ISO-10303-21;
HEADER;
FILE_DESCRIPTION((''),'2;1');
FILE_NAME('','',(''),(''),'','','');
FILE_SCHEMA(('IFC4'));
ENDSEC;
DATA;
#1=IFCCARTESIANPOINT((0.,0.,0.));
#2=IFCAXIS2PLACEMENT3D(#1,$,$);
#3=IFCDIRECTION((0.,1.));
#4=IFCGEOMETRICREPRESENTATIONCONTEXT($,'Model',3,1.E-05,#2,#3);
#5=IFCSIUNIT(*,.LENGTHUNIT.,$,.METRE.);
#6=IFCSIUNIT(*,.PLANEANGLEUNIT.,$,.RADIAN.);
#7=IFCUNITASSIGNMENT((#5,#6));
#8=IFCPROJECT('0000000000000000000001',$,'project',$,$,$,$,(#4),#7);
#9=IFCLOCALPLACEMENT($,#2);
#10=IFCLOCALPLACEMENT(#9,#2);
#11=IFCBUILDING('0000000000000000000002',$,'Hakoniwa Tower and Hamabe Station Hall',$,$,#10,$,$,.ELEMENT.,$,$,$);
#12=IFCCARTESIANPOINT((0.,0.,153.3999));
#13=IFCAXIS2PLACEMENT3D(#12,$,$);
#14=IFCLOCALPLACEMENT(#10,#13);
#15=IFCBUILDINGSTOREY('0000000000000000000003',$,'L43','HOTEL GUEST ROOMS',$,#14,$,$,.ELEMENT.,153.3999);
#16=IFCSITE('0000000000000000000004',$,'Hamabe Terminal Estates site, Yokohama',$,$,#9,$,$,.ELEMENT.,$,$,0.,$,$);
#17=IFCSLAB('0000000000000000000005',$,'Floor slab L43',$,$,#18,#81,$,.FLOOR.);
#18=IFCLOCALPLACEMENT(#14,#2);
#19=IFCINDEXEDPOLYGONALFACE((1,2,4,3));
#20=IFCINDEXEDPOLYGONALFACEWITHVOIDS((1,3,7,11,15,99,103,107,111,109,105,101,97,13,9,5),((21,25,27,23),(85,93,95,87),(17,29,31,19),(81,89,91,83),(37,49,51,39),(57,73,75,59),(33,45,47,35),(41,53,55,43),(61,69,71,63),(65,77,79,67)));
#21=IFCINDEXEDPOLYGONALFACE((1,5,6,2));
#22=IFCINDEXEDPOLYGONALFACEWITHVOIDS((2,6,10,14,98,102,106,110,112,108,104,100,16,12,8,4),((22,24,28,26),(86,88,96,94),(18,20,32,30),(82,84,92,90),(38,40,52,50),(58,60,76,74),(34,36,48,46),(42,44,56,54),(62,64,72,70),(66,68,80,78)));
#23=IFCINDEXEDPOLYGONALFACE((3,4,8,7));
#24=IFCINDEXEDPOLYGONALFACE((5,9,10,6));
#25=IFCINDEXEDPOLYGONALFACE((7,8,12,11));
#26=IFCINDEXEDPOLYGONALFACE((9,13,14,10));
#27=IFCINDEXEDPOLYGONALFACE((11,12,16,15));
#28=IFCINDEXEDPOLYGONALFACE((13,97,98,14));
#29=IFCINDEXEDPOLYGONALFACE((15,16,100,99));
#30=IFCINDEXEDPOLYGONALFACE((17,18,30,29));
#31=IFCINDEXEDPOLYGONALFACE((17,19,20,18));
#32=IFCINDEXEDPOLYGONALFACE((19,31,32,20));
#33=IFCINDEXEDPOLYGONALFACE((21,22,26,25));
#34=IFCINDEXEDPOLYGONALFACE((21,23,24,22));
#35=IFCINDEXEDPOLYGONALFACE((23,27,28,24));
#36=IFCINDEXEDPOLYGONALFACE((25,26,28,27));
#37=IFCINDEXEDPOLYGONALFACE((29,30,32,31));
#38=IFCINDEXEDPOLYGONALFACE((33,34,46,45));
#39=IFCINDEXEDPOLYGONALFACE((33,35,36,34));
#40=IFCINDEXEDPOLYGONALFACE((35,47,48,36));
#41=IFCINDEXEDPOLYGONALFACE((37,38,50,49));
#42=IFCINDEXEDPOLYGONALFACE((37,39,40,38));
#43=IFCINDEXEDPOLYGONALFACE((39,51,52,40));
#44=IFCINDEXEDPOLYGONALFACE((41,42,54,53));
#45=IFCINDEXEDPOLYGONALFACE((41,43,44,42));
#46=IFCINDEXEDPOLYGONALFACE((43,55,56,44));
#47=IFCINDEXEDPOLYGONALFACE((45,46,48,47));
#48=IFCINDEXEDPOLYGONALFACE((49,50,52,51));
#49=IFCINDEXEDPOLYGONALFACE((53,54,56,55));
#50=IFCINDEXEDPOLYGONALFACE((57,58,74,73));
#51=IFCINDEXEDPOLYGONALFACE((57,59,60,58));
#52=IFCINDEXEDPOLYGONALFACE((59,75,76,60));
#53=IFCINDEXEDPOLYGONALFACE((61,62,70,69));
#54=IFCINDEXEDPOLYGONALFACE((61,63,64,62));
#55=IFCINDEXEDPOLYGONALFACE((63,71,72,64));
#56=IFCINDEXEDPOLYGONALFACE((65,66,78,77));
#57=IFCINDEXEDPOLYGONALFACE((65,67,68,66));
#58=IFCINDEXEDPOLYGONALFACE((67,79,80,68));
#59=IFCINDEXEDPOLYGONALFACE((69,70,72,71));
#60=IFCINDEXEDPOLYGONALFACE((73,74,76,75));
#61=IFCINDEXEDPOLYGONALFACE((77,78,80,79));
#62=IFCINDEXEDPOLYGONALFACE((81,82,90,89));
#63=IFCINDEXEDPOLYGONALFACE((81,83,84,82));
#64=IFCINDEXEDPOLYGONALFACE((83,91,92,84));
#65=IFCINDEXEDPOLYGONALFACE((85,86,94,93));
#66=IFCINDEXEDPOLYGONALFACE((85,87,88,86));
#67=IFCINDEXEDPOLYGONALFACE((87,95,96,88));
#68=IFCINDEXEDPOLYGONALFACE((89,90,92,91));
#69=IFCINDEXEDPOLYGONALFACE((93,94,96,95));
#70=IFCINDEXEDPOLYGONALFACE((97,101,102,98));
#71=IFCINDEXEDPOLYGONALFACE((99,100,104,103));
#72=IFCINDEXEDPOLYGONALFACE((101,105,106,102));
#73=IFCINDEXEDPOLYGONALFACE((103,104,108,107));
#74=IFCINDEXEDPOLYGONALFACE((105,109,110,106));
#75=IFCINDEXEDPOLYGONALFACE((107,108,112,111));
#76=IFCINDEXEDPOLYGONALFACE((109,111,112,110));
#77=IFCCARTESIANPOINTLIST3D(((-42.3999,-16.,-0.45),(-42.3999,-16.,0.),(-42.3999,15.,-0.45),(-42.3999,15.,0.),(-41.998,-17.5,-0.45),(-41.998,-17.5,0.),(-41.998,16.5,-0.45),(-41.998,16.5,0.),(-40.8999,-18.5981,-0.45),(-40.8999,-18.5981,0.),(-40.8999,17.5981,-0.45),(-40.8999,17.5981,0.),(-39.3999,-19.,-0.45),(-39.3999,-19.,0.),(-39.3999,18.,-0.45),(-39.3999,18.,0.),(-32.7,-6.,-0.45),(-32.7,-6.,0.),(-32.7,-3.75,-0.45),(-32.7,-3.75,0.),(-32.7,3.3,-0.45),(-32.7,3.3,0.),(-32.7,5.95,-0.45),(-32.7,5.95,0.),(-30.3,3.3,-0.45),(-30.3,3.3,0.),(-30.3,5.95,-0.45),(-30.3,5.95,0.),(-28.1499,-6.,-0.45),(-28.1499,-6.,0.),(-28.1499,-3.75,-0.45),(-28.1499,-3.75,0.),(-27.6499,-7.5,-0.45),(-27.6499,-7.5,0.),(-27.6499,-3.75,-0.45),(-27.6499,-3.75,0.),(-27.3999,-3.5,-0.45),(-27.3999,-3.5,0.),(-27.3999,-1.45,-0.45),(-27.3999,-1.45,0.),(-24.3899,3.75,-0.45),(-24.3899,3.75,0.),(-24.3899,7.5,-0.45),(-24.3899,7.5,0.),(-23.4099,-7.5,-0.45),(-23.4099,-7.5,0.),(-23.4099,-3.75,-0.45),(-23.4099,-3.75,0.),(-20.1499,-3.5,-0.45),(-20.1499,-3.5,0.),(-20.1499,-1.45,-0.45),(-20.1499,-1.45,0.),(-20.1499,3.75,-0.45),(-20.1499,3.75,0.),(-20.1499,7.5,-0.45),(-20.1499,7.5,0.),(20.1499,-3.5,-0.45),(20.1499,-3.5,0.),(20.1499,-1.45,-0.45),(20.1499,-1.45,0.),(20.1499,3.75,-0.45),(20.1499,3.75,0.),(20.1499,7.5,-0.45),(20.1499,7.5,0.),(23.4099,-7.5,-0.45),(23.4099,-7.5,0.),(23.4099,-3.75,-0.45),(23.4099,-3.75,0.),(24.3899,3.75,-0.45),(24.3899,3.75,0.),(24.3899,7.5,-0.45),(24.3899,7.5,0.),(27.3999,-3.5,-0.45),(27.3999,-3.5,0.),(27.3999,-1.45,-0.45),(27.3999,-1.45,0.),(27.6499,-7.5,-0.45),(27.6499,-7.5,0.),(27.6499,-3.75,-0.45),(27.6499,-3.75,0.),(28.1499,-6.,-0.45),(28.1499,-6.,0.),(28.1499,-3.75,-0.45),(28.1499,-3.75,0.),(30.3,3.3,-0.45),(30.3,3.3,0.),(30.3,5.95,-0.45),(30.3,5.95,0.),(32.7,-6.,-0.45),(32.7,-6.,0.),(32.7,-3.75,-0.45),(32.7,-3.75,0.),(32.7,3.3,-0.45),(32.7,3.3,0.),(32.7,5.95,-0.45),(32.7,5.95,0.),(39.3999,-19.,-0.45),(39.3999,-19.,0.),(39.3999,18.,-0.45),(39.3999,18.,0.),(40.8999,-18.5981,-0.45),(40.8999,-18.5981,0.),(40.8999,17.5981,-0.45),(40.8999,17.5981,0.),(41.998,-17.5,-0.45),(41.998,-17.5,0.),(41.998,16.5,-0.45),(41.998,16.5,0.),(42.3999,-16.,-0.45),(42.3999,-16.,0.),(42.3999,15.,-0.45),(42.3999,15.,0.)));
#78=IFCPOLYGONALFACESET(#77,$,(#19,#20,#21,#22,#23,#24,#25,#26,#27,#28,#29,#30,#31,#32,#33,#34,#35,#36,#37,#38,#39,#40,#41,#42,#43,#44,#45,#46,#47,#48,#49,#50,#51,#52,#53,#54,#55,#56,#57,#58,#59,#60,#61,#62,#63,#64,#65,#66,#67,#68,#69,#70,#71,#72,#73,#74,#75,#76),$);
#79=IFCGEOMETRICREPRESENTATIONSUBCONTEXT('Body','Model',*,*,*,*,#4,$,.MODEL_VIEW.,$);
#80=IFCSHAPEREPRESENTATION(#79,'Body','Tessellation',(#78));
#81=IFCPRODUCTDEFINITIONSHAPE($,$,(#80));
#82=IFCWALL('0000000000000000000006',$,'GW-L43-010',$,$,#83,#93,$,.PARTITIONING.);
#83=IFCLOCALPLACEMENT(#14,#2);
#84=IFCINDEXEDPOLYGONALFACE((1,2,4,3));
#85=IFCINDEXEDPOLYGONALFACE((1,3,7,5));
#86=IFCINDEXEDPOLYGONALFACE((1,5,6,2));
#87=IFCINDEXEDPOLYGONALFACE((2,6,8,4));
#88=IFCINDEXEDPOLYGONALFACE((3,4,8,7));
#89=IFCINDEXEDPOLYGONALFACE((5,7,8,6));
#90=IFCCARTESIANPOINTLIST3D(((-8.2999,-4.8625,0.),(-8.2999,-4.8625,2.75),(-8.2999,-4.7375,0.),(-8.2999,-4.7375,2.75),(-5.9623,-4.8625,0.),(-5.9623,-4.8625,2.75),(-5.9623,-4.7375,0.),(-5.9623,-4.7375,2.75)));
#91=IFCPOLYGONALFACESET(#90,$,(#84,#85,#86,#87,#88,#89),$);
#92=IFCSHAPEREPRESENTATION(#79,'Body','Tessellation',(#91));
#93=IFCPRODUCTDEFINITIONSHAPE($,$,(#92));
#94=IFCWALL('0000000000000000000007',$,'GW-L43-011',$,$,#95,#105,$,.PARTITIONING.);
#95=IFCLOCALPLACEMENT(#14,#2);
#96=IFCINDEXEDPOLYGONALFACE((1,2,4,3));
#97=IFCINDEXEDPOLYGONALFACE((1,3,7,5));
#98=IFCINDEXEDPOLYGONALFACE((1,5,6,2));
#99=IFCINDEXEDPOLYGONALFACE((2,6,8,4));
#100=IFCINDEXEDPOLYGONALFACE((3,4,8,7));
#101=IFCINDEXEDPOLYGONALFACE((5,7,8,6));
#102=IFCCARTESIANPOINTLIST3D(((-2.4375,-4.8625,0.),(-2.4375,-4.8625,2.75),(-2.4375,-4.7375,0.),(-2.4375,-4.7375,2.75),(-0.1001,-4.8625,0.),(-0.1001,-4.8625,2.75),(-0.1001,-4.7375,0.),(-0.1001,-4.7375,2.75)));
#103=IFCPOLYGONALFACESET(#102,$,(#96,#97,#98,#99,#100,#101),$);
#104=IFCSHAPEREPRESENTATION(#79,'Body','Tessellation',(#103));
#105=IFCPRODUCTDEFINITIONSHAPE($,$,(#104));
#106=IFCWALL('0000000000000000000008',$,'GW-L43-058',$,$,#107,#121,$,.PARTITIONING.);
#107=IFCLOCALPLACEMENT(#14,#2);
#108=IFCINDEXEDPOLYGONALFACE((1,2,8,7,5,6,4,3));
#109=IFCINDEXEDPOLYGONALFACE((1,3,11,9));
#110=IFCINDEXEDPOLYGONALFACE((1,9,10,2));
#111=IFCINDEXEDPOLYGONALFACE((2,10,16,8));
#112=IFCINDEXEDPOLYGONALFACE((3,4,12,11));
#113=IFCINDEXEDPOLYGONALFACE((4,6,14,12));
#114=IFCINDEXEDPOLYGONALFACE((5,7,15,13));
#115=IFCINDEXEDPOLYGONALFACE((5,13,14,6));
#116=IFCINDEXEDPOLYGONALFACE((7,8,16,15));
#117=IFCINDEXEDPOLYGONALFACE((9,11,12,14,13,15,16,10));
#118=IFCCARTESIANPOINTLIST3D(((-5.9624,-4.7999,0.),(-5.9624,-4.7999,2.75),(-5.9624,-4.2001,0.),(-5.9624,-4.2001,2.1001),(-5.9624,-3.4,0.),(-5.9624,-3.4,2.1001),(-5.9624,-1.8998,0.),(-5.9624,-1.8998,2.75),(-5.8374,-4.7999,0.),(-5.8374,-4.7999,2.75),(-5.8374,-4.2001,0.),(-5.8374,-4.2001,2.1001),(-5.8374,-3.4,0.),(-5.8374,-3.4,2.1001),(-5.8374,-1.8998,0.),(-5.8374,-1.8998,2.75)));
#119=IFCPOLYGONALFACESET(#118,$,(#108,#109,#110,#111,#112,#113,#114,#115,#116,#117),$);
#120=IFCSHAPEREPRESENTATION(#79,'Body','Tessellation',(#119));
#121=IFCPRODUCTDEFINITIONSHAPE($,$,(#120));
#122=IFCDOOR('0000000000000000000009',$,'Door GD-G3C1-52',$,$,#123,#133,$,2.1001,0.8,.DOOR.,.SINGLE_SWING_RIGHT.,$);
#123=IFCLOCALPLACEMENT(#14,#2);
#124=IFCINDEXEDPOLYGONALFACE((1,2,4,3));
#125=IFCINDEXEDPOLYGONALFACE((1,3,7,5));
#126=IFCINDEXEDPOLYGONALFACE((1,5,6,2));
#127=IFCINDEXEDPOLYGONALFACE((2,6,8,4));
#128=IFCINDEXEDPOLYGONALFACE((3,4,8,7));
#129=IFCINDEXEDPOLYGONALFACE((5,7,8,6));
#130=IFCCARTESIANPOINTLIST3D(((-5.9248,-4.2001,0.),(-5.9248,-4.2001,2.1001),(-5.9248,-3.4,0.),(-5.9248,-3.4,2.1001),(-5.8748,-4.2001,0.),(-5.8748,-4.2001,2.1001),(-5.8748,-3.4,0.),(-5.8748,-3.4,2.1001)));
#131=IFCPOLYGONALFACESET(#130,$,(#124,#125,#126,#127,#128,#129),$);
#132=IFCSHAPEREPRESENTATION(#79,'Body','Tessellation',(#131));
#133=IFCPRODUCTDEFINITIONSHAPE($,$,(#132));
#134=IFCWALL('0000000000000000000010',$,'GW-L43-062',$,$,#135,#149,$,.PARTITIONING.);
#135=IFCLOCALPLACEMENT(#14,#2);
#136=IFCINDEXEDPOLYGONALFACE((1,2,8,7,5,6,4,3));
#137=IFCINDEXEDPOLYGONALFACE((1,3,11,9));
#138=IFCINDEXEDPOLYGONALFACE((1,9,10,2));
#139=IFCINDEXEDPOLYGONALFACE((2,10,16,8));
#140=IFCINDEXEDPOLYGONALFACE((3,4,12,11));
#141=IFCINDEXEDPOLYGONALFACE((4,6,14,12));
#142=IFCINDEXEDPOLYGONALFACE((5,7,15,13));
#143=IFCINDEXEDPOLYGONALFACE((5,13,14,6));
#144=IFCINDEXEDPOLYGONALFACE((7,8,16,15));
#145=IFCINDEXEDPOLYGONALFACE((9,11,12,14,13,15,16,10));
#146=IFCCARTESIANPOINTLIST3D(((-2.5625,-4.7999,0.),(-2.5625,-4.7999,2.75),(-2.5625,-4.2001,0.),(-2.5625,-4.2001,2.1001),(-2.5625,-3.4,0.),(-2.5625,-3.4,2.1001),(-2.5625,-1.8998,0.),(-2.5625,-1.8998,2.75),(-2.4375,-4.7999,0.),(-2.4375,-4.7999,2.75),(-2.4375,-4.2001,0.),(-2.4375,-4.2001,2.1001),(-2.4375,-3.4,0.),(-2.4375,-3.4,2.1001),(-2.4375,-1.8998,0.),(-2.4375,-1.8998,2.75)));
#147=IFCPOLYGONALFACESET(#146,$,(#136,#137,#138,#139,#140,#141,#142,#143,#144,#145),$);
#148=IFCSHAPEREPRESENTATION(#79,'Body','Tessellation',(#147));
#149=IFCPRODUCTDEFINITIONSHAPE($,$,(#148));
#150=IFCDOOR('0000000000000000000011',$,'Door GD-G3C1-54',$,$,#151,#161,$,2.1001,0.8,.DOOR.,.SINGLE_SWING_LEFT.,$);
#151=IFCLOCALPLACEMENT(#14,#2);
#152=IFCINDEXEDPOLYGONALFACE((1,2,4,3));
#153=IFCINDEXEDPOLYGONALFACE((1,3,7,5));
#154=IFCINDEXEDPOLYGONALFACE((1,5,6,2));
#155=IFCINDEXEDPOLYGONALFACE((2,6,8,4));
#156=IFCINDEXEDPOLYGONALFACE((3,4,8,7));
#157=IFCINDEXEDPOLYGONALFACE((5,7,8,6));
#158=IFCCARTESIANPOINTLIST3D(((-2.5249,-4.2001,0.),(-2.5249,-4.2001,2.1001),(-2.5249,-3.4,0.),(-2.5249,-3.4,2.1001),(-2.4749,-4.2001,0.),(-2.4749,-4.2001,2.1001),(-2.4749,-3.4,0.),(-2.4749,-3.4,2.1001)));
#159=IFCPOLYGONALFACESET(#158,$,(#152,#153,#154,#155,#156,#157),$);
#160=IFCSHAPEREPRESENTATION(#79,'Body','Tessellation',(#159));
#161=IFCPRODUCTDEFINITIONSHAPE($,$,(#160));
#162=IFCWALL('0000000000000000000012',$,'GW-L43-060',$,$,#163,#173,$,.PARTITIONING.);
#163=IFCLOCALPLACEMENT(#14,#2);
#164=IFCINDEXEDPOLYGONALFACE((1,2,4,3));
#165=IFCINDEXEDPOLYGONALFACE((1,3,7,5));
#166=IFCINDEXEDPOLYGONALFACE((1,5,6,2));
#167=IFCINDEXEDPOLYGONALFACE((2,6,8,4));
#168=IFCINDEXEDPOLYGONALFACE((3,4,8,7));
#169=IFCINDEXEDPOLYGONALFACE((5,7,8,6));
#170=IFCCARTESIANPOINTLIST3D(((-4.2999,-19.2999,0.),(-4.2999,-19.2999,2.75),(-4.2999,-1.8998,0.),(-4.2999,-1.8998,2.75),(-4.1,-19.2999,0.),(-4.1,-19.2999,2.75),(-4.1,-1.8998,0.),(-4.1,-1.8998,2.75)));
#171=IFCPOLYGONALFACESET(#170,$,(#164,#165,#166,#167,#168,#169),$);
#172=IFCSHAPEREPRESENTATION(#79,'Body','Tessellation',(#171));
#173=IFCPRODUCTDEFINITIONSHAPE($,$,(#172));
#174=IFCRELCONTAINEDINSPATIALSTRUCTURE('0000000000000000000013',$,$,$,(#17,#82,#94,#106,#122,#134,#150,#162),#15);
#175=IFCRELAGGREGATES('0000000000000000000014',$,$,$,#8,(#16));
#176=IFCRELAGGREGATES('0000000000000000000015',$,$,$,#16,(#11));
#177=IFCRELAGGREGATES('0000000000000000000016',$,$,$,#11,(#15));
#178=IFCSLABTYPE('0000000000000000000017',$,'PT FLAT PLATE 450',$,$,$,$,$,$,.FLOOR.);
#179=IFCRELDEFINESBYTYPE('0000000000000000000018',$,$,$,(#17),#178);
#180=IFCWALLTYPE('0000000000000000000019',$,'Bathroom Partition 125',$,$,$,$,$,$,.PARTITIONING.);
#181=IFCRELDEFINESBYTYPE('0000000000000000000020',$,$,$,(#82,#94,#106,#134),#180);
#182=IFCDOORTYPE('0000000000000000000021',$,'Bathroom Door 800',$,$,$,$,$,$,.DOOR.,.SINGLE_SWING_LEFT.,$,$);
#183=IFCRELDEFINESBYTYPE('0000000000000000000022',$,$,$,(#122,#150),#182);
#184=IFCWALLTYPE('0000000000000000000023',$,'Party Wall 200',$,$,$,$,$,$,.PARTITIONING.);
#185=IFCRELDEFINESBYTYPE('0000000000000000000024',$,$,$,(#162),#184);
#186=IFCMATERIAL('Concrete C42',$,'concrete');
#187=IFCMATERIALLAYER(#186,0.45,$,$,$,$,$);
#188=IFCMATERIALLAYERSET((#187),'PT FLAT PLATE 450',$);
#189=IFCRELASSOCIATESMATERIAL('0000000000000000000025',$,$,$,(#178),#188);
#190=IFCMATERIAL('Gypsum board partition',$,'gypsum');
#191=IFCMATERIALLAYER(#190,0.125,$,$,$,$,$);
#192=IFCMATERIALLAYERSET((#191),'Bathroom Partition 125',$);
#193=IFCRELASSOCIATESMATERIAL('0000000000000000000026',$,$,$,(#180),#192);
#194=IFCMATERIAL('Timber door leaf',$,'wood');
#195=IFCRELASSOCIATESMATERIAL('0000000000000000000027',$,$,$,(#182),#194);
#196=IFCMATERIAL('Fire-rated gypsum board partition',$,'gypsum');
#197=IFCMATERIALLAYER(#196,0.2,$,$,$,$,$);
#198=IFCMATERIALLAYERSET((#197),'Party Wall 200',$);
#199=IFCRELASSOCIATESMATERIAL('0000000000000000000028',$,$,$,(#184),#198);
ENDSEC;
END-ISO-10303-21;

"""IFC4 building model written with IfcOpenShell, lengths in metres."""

from ifc_helpers import new_model, si_unit, direction, frame, frame_2d, origin, place, context, subcontext, project, spatial, polyline, rectangle, outline, extrude, material, layer, layer_set, type_object, element, fill, save


model = new_model("IFC4")

# Units and contexts
model_context = context("Model", 3, precision=1e-05, world=origin(), true_north=direction((0.0, 1.0)))
body_context = subcontext(model_context, "Body", "Model", "MODEL_VIEW")
ifc_project = project(units=[si_unit("LENGTHUNIT", "METRE"), si_unit("PLANEANGLEUNIT", "RADIAN")], contexts=[model_context])

# Site, building, storey
site_placement = place(None, origin())
site = spatial("IfcSite", under=ifc_project, at=site_placement, Name="Hamabe Terminal Estates site, Yokohama", CompositionType="ELEMENT", RefElevation=0.0)
building_placement = place(site_placement, origin())
building = spatial("IfcBuilding", under=site, at=building_placement, Name="Hakoniwa Tower and Hamabe Station Hall", CompositionType="ELEMENT")
storey_placement = place(building_placement, frame((0.0, 0.0, 153.3999)))
storey = spatial("IfcBuildingStorey", under=building, at=storey_placement, Name="L43", Description="HOTEL GUEST ROOMS", CompositionType="ELEMENT", Elevation=153.3999)

# Slab
ifc_material_1 = material(Name="Concrete C42", Category="concrete")
ifc_layer_1 = layer(ifc_material_1, 0.45)
ifc_layer_set_1 = layer_set([ifc_layer_1], Name="PT FLAT PLATE 450")
slab_type = type_object("IfcSlabType", Name="PT FLAT PLATE 450", PredefinedType="FLOOR", material=ifc_layer_set_1)
slab_placement = place(storey_placement, frame((0.0, 0.0, -0.45)))
element("IfcSlab", 1, at=slab_placement, inside=storey, type_object=slab_type, Name="Floor slab L43", PredefinedType="FLOOR", context=body_context, shape_type="SweptSolid", body=[
    extrude(outline(polyline([(42.3999, -16.0), (42.3999, 15.0), (41.998, 16.5), (40.8999, 17.5981), (39.3999, 18.0), (-39.3999, 18.0), (-40.8999, 17.5981), (-41.998, 16.5), (-42.3999, 15.0), (-42.3999, -16.0), (-41.998, -17.5), (-40.8999, -18.5981), (-39.3999, -19.0), (39.3999, -19.0), (40.8999, -18.5981), (41.998, -17.5), (42.3999, -16.0)]), holes=[polyline([(-27.3999, -3.5), (-27.3999, -1.45), (-20.1499, -1.45), (-20.1499, -3.5), (-27.3999, -3.5)]), polyline([(-32.7, 3.3), (-32.7, 5.95), (-30.3, 5.95), (-30.3, 3.3), (-32.7, 3.3)]), polyline([(-32.7, -6.0), (-32.7, -3.75), (-28.1499, -3.75), (-28.1499, -6.0), (-32.7, -6.0)]), polyline([(-24.3899, 3.75), (-24.3899, 7.5), (-20.1499, 7.5), (-20.1499, 3.75), (-24.3899, 3.75)]), polyline([(-27.6499, -7.5), (-27.6499, -3.75), (-23.4099, -3.75), (-23.4099, -7.5), (-27.6499, -7.5)]), polyline([(20.1499, -3.5), (20.1499, -1.45), (27.3999, -1.45), (27.3999, -3.5), (20.1499, -3.5)]), polyline([(30.3, 3.3), (30.3, 5.95), (32.7, 5.95), (32.7, 3.3), (30.3, 3.3)]), polyline([(28.1499, -6.0), (28.1499, -3.75), (32.7, -3.75), (32.7, -6.0), (28.1499, -6.0)]), polyline([(20.1499, 3.75), (20.1499, 7.5), (24.3899, 7.5), (24.3899, 3.75), (20.1499, 3.75)]), polyline([(23.4099, -7.5), (23.4099, -3.75), (27.6499, -3.75), (27.6499, -7.5), (23.4099, -7.5)])]), origin(), (0.0, 0.0, 1.0), 0.45),
])

# Walls
ifc_material_2 = material(Name="Gypsum board partition", Category="gypsum")
ifc_layer_2 = layer(ifc_material_2, 0.125)
ifc_layer_set_2 = layer_set([ifc_layer_2], Name="Bathroom Partition 125")
wall_type_1 = type_object("IfcWallType", Name="Bathroom Partition 125", PredefinedType="PARTITIONING", material=ifc_layer_set_2)
wall_1_placement = place(storey_placement, frame((-8.3, -4.8, 0.0), z_axis=(0.0, 0.0, 1.0), x_axis=(1.0, 0.0, 0.0)))
element("IfcWall", 2, at=wall_1_placement, inside=storey, type_object=wall_type_1, Name="GW-L43-010", PredefinedType="PARTITIONING", context=body_context, shape_type="SweptSolid", body=[
    extrude(rectangle(XDim=2.3376, YDim=0.125, at=frame_2d((1.1689, 0.0))), origin(), (0.0, 0.0, 1.0), 2.75),
])
wall_2_placement = place(storey_placement, frame((-2.4375, -4.8, 0.0), z_axis=(0.0, 0.0, 1.0), x_axis=(1.0, 0.0, 0.0)))
element("IfcWall", 3, at=wall_2_placement, inside=storey, type_object=wall_type_1, Name="GW-L43-011", PredefinedType="PARTITIONING", context=body_context, shape_type="SweptSolid", body=[
    extrude(rectangle(XDim=2.3374, YDim=0.125, at=frame_2d((1.1687, 0.0))), origin(), (0.0, 0.0, 1.0), 2.75),
])

# Walls, openings, doors
wall_3_placement = place(storey_placement, frame((-5.8999, -4.8, 0.0), z_axis=(0.0, 0.0, 1.0), x_axis=(0.0, 1.0, 0.0)))
wall_3 = element("IfcWall", 4, at=wall_3_placement, inside=storey, type_object=wall_type_1, Name="GW-L43-058", PredefinedType="PARTITIONING", context=body_context, shape_type="SweptSolid", body=[
    extrude(rectangle(XDim=2.9001, YDim=0.125, at=frame_2d((1.4502, 0.0))), origin(), (0.0, 0.0, 1.0), 2.75),
])
opening_1_placement = place(wall_3_placement, frame((0.6001, 0.0, 0.0)))
opening_1 = element("IfcOpeningElement", 5, at=opening_1_placement, cuts=wall_3, PredefinedType="OPENING", context=body_context, shape_type="SweptSolid", body=[
    extrude(rectangle(XDim=0.8, YDim=2.1001, at=frame_2d((0.3999, 1.05))), frame((0.0, 0.0725, 0.0), z_axis=(0.0, -1.0, 0.0), x_axis=(1.0, 0.0, 0.0)), (0.0, 0.0, 1.0), 0.145),
])
ifc_material_3 = material(Name="Timber door leaf", Category="wood")
door_type = type_object("IfcDoorType", Name="Bathroom Door 800", OperationType="SINGLE_SWING_LEFT", PredefinedType="DOOR", material=ifc_material_3)
door_1_placement = place(opening_1_placement, origin())
door_1 = element("IfcDoor", 6, at=door_1_placement, inside=storey, type_object=door_type, Name="Door GD-G3C1-52", OperationType="SINGLE_SWING_RIGHT", OverallHeight=2.1001, OverallWidth=0.8, PredefinedType="DOOR", context=body_context, shape_type="SweptSolid", body=[
    extrude(rectangle(XDim=0.8, YDim=2.1001, at=frame_2d((0.3999, 1.05))), frame((0.0, 0.0249, 0.0), z_axis=(0.0, -1.0, 0.0), x_axis=(1.0, 0.0, 0.0)), (0.0, 0.0, 1.0), 0.05),
])
fill(opening_1, door_1)
wall_4_placement = place(storey_placement, frame((-2.5, -4.8, 0.0), z_axis=(0.0, 0.0, 1.0), x_axis=(0.0, 1.0, 0.0)))
wall_4 = element("IfcWall", 7, at=wall_4_placement, inside=storey, type_object=wall_type_1, Name="GW-L43-062", PredefinedType="PARTITIONING", context=body_context, shape_type="SweptSolid", body=[
    extrude(rectangle(XDim=2.9001, YDim=0.125, at=frame_2d((1.4502, 0.0))), origin(), (0.0, 0.0, 1.0), 2.75),
])
opening_2_placement = place(wall_4_placement, frame((0.6001, 0.0, 0.0)))
opening_2 = element("IfcOpeningElement", 8, at=opening_2_placement, cuts=wall_4, PredefinedType="OPENING", context=body_context, shape_type="SweptSolid", body=[
    extrude(rectangle(XDim=0.8, YDim=2.1001, at=frame_2d((0.3999, 1.05))), frame((0.0, 0.0725, 0.0), z_axis=(0.0, -1.0, 0.0), x_axis=(1.0, 0.0, 0.0)), (0.0, 0.0, 1.0), 0.145),
])
door_2_placement = place(opening_2_placement, origin())
door_2 = element("IfcDoor", 9, at=door_2_placement, inside=storey, type_object=door_type, Name="Door GD-G3C1-54", OperationType="SINGLE_SWING_LEFT", OverallHeight=2.1001, OverallWidth=0.8, PredefinedType="DOOR", context=body_context, shape_type="SweptSolid", body=[
    extrude(rectangle(XDim=0.8, YDim=2.1001, at=frame_2d((0.3999, 1.05))), frame((0.0, 0.0249, 0.0), z_axis=(0.0, -1.0, 0.0), x_axis=(1.0, 0.0, 0.0)), (0.0, 0.0, 1.0), 0.05),
])
fill(opening_2, door_2)

# Wall
ifc_material_4 = material(Name="Fire-rated gypsum board partition", Category="gypsum")
ifc_layer_3 = layer(ifc_material_4, 0.2)
ifc_layer_set_3 = layer_set([ifc_layer_3], Name="Party Wall 200")
wall_type_2 = type_object("IfcWallType", Name="Party Wall 200", PredefinedType="PARTITIONING", material=ifc_layer_set_3)
wall_5_placement = place(storey_placement, frame((-4.2, -19.3, 0.0), z_axis=(0.0, 0.0, 1.0), x_axis=(0.0, 1.0, 0.0)))
element("IfcWall", 10, at=wall_5_placement, inside=storey, type_object=wall_type_2, Name="GW-L43-060", PredefinedType="PARTITIONING", context=body_context, shape_type="SweptSolid", body=[
    extrude(rectangle(XDim=17.4001, YDim=0.2, at=frame_2d((8.7002, 0.0))), origin(), (0.0, 0.0, 1.0), 2.75),
])

save(model, "model.ifc")
